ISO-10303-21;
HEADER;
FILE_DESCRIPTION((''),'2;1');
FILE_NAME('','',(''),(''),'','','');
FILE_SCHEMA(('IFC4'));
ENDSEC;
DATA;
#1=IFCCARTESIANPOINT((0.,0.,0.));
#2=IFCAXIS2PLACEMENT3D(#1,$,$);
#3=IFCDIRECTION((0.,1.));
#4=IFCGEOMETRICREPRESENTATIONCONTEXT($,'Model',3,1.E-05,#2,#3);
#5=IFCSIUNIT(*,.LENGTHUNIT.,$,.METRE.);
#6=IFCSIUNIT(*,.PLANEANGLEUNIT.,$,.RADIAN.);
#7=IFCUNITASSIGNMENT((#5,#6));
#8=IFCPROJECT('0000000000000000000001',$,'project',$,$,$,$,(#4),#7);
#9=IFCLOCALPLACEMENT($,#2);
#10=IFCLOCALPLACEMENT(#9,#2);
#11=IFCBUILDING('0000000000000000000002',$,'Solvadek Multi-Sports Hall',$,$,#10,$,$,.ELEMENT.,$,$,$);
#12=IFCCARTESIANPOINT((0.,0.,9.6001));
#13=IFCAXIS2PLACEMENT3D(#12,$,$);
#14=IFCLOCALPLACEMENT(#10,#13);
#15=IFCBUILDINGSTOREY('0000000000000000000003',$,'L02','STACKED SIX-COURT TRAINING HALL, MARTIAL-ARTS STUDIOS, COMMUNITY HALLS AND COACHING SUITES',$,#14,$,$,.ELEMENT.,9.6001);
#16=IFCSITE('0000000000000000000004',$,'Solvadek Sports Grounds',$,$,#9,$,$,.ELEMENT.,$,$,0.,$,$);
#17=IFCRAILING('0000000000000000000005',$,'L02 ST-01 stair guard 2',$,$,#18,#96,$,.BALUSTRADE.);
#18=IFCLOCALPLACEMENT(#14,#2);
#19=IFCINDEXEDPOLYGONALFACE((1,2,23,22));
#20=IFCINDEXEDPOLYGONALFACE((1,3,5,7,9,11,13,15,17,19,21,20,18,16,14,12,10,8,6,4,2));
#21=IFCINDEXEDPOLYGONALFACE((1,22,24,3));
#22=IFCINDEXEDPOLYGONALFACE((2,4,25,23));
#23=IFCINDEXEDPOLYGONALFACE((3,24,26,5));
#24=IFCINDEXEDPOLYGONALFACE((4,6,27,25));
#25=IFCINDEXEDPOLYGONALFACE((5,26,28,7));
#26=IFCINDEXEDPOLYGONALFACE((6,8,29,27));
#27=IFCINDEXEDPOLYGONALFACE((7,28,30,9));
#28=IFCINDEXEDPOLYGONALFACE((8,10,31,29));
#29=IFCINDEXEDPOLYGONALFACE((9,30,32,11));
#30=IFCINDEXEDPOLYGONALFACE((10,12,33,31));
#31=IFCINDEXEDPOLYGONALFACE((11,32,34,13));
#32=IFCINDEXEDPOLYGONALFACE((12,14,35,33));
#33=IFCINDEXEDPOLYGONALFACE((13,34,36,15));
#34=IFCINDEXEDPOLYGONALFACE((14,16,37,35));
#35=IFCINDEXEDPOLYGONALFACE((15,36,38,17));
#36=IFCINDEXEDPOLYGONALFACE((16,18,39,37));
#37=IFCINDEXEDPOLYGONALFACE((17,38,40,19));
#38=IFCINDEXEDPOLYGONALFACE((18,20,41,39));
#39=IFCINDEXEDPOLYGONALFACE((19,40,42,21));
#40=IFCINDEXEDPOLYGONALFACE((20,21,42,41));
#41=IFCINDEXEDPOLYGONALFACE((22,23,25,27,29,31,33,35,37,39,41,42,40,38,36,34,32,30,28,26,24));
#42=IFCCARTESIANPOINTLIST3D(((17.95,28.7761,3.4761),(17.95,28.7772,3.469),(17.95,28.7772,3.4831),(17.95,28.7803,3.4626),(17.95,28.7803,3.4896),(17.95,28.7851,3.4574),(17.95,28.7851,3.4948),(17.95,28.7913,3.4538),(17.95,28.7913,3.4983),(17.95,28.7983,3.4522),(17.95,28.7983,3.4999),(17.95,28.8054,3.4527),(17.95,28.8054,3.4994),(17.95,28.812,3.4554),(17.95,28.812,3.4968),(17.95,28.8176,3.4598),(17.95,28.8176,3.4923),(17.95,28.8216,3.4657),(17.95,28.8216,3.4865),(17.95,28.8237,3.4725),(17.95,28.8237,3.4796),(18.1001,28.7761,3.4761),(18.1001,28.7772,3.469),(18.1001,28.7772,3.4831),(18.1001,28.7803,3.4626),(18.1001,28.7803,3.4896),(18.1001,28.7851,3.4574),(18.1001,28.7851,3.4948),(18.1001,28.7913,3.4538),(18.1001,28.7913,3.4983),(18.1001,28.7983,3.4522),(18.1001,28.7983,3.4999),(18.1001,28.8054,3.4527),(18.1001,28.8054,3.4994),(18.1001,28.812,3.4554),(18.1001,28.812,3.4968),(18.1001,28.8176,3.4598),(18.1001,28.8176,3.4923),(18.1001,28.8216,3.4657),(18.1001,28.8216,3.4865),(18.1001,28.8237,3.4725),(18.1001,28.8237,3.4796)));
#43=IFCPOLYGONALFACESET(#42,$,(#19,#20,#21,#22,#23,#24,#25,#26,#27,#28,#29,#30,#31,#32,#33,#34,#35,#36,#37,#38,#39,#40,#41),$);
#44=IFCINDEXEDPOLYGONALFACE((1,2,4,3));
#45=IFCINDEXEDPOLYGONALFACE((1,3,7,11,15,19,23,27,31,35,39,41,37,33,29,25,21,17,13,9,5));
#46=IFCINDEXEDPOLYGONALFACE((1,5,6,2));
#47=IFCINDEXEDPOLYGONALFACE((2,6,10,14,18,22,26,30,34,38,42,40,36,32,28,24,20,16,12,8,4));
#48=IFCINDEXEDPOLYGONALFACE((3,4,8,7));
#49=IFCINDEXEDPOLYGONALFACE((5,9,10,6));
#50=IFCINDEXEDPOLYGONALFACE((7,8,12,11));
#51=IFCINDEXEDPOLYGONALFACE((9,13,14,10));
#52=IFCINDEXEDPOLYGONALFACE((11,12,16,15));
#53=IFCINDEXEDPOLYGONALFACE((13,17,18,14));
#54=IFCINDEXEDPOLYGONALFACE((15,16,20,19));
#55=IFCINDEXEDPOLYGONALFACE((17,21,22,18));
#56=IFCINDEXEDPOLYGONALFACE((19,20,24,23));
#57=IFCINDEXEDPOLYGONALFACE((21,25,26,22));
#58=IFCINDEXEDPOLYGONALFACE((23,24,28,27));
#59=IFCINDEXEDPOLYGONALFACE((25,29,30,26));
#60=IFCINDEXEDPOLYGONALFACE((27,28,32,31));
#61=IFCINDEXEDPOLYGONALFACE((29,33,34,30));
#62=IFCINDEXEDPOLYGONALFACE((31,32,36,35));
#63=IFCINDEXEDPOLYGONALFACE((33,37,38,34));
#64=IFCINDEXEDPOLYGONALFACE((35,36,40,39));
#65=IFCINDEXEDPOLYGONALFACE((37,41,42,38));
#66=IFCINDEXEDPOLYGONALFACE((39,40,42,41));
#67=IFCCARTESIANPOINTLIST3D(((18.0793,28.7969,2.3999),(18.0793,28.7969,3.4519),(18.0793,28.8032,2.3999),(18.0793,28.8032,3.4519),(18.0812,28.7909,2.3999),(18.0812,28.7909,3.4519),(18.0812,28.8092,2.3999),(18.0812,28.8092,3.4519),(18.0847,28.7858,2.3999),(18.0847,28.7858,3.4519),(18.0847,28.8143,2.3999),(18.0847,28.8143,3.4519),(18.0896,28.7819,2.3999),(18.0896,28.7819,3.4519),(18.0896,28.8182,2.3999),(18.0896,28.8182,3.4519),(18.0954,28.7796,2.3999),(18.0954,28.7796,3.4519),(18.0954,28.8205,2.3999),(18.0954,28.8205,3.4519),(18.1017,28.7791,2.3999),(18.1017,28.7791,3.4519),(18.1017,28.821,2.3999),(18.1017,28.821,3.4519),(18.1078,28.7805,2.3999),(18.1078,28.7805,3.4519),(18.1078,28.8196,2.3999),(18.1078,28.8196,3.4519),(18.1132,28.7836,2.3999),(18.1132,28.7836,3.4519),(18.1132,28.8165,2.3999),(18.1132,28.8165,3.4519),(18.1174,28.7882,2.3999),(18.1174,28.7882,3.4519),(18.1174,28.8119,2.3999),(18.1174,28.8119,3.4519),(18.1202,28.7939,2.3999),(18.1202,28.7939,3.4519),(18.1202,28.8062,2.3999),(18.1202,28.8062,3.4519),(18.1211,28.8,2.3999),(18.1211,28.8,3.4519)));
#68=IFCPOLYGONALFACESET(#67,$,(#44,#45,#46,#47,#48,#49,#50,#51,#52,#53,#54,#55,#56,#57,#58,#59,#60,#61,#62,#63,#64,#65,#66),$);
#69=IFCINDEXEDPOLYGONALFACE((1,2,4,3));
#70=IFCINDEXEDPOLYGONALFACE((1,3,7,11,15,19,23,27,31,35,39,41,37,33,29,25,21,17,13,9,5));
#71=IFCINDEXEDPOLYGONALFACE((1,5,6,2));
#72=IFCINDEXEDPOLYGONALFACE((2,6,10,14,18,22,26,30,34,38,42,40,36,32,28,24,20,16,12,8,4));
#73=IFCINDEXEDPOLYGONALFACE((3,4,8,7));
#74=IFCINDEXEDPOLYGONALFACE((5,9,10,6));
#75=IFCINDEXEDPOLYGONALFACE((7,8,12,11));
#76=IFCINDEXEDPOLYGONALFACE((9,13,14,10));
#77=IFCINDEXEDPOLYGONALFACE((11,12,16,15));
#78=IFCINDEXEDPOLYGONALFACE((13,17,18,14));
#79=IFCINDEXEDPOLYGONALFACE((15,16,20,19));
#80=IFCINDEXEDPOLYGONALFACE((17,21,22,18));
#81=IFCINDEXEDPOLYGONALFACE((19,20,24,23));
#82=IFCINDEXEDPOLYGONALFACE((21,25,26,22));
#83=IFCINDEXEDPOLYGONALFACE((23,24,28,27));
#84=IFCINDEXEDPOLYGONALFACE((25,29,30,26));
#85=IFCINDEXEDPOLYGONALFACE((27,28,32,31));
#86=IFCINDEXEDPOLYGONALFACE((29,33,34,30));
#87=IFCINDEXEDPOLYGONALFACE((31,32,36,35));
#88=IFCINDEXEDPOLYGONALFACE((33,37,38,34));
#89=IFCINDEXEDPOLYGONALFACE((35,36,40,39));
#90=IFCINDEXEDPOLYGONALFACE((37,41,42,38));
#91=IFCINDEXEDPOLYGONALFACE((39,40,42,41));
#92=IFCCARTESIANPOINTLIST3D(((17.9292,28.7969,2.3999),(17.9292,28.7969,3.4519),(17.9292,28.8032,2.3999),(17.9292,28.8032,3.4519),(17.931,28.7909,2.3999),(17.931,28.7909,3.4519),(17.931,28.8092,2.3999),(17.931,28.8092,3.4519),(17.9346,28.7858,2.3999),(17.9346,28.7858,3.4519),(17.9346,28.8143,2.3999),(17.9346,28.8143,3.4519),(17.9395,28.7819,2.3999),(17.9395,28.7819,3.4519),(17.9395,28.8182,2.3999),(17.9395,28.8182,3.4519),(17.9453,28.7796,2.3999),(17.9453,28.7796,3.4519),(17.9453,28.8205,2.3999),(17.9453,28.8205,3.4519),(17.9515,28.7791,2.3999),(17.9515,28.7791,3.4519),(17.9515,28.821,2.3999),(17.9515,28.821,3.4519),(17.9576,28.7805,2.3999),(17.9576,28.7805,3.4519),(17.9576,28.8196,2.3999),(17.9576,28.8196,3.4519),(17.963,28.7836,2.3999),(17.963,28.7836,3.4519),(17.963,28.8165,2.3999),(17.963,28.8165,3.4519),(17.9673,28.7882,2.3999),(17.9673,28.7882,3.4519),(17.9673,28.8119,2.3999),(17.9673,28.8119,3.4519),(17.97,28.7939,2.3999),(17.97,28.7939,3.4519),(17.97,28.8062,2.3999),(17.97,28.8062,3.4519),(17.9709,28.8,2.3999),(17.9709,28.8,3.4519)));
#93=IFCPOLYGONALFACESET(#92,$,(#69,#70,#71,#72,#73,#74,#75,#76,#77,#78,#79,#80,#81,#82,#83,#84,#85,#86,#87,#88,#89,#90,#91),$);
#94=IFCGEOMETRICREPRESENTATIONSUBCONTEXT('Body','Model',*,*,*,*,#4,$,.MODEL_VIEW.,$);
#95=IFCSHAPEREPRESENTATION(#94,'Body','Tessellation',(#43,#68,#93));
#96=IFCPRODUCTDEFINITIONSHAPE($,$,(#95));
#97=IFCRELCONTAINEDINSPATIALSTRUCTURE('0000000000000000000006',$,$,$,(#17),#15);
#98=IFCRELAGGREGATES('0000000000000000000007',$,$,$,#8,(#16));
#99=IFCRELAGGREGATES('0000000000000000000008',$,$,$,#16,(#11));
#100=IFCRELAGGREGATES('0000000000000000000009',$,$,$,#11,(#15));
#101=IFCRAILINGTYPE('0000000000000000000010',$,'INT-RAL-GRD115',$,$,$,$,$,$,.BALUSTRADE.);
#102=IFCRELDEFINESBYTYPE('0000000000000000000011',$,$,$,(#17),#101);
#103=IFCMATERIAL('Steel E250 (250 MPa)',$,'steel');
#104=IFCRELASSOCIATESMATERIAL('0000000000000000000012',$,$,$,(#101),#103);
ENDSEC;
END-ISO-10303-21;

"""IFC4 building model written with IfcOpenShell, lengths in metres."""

from ifc_helpers import new_model, si_unit, direction, frame, origin, origin_2d, place, context, subcontext, project, spatial, circle, extrude, material, type_object, element, save


model = new_model("IFC4")

# Units and contexts
model_context = context("Model", 3, precision=1e-05, world=origin(), true_north=direction((0.0, 1.0)))
body_context = subcontext(model_context, "Body", "Model", "MODEL_VIEW")
ifc_project = project(units=[si_unit("LENGTHUNIT", "METRE"), si_unit("PLANEANGLEUNIT", "RADIAN")], contexts=[model_context])

# Site, building, storey
site_placement = place(None, origin())
site = spatial("IfcSite", under=ifc_project, at=site_placement, Name="Solvadek Sports Grounds", CompositionType="ELEMENT", RefElevation=0.0)
building_placement = place(site_placement, origin())
building = spatial("IfcBuilding", under=site, at=building_placement, Name="Solvadek Multi-Sports Hall", CompositionType="ELEMENT")
storey_placement = place(building_placement, frame((0.0, 0.0, 9.6001)))
storey = spatial("IfcBuildingStorey", under=building, at=storey_placement, Name="L02", Description="STACKED SIX-COURT TRAINING HALL, MARTIAL-ARTS STUDIOS, COMMUNITY HALLS AND COACHING SUITES", CompositionType="ELEMENT", Elevation=9.6001)

# Railing
ifc_material_1 = material(Name="Steel E250 (250 MPa)", Category="steel")
railing_type_1 = type_object("IfcRailingType", Name="INT-RAL-GRD115", PredefinedType="BALUSTRADE", material=ifc_material_1)
railing_1_placement = place(storey_placement, frame((18.1001, 28.8, 2.3999)))
element("IfcRailing", 1, at=railing_1_placement, inside=storey, type_object=railing_type_1, Name="L02 ST-01 stair guard 2", PredefinedType="BALUSTRADE", context=body_context, shape_type="SweptSolid", body=[
    extrude(circle(Radius=0.0239, at=origin_2d()), frame((0.0, 0.0, 1.0762), z_axis=(-1.0, 0.0, 0.0), x_axis=(0.0, -1.0, 0.0)), (0.0, 0.0, 1.0), 0.1501),
    extrude(circle(Radius=0.021, at=origin_2d()), origin(), (0.0, 0.0, 1.0), 1.052),
    extrude(circle(Radius=0.021, at=origin_2d()), frame((-0.1501, 0.0, 0.0)), (0.0, 0.0, 1.0), 1.052),
])

save(model, "model.ifc")
